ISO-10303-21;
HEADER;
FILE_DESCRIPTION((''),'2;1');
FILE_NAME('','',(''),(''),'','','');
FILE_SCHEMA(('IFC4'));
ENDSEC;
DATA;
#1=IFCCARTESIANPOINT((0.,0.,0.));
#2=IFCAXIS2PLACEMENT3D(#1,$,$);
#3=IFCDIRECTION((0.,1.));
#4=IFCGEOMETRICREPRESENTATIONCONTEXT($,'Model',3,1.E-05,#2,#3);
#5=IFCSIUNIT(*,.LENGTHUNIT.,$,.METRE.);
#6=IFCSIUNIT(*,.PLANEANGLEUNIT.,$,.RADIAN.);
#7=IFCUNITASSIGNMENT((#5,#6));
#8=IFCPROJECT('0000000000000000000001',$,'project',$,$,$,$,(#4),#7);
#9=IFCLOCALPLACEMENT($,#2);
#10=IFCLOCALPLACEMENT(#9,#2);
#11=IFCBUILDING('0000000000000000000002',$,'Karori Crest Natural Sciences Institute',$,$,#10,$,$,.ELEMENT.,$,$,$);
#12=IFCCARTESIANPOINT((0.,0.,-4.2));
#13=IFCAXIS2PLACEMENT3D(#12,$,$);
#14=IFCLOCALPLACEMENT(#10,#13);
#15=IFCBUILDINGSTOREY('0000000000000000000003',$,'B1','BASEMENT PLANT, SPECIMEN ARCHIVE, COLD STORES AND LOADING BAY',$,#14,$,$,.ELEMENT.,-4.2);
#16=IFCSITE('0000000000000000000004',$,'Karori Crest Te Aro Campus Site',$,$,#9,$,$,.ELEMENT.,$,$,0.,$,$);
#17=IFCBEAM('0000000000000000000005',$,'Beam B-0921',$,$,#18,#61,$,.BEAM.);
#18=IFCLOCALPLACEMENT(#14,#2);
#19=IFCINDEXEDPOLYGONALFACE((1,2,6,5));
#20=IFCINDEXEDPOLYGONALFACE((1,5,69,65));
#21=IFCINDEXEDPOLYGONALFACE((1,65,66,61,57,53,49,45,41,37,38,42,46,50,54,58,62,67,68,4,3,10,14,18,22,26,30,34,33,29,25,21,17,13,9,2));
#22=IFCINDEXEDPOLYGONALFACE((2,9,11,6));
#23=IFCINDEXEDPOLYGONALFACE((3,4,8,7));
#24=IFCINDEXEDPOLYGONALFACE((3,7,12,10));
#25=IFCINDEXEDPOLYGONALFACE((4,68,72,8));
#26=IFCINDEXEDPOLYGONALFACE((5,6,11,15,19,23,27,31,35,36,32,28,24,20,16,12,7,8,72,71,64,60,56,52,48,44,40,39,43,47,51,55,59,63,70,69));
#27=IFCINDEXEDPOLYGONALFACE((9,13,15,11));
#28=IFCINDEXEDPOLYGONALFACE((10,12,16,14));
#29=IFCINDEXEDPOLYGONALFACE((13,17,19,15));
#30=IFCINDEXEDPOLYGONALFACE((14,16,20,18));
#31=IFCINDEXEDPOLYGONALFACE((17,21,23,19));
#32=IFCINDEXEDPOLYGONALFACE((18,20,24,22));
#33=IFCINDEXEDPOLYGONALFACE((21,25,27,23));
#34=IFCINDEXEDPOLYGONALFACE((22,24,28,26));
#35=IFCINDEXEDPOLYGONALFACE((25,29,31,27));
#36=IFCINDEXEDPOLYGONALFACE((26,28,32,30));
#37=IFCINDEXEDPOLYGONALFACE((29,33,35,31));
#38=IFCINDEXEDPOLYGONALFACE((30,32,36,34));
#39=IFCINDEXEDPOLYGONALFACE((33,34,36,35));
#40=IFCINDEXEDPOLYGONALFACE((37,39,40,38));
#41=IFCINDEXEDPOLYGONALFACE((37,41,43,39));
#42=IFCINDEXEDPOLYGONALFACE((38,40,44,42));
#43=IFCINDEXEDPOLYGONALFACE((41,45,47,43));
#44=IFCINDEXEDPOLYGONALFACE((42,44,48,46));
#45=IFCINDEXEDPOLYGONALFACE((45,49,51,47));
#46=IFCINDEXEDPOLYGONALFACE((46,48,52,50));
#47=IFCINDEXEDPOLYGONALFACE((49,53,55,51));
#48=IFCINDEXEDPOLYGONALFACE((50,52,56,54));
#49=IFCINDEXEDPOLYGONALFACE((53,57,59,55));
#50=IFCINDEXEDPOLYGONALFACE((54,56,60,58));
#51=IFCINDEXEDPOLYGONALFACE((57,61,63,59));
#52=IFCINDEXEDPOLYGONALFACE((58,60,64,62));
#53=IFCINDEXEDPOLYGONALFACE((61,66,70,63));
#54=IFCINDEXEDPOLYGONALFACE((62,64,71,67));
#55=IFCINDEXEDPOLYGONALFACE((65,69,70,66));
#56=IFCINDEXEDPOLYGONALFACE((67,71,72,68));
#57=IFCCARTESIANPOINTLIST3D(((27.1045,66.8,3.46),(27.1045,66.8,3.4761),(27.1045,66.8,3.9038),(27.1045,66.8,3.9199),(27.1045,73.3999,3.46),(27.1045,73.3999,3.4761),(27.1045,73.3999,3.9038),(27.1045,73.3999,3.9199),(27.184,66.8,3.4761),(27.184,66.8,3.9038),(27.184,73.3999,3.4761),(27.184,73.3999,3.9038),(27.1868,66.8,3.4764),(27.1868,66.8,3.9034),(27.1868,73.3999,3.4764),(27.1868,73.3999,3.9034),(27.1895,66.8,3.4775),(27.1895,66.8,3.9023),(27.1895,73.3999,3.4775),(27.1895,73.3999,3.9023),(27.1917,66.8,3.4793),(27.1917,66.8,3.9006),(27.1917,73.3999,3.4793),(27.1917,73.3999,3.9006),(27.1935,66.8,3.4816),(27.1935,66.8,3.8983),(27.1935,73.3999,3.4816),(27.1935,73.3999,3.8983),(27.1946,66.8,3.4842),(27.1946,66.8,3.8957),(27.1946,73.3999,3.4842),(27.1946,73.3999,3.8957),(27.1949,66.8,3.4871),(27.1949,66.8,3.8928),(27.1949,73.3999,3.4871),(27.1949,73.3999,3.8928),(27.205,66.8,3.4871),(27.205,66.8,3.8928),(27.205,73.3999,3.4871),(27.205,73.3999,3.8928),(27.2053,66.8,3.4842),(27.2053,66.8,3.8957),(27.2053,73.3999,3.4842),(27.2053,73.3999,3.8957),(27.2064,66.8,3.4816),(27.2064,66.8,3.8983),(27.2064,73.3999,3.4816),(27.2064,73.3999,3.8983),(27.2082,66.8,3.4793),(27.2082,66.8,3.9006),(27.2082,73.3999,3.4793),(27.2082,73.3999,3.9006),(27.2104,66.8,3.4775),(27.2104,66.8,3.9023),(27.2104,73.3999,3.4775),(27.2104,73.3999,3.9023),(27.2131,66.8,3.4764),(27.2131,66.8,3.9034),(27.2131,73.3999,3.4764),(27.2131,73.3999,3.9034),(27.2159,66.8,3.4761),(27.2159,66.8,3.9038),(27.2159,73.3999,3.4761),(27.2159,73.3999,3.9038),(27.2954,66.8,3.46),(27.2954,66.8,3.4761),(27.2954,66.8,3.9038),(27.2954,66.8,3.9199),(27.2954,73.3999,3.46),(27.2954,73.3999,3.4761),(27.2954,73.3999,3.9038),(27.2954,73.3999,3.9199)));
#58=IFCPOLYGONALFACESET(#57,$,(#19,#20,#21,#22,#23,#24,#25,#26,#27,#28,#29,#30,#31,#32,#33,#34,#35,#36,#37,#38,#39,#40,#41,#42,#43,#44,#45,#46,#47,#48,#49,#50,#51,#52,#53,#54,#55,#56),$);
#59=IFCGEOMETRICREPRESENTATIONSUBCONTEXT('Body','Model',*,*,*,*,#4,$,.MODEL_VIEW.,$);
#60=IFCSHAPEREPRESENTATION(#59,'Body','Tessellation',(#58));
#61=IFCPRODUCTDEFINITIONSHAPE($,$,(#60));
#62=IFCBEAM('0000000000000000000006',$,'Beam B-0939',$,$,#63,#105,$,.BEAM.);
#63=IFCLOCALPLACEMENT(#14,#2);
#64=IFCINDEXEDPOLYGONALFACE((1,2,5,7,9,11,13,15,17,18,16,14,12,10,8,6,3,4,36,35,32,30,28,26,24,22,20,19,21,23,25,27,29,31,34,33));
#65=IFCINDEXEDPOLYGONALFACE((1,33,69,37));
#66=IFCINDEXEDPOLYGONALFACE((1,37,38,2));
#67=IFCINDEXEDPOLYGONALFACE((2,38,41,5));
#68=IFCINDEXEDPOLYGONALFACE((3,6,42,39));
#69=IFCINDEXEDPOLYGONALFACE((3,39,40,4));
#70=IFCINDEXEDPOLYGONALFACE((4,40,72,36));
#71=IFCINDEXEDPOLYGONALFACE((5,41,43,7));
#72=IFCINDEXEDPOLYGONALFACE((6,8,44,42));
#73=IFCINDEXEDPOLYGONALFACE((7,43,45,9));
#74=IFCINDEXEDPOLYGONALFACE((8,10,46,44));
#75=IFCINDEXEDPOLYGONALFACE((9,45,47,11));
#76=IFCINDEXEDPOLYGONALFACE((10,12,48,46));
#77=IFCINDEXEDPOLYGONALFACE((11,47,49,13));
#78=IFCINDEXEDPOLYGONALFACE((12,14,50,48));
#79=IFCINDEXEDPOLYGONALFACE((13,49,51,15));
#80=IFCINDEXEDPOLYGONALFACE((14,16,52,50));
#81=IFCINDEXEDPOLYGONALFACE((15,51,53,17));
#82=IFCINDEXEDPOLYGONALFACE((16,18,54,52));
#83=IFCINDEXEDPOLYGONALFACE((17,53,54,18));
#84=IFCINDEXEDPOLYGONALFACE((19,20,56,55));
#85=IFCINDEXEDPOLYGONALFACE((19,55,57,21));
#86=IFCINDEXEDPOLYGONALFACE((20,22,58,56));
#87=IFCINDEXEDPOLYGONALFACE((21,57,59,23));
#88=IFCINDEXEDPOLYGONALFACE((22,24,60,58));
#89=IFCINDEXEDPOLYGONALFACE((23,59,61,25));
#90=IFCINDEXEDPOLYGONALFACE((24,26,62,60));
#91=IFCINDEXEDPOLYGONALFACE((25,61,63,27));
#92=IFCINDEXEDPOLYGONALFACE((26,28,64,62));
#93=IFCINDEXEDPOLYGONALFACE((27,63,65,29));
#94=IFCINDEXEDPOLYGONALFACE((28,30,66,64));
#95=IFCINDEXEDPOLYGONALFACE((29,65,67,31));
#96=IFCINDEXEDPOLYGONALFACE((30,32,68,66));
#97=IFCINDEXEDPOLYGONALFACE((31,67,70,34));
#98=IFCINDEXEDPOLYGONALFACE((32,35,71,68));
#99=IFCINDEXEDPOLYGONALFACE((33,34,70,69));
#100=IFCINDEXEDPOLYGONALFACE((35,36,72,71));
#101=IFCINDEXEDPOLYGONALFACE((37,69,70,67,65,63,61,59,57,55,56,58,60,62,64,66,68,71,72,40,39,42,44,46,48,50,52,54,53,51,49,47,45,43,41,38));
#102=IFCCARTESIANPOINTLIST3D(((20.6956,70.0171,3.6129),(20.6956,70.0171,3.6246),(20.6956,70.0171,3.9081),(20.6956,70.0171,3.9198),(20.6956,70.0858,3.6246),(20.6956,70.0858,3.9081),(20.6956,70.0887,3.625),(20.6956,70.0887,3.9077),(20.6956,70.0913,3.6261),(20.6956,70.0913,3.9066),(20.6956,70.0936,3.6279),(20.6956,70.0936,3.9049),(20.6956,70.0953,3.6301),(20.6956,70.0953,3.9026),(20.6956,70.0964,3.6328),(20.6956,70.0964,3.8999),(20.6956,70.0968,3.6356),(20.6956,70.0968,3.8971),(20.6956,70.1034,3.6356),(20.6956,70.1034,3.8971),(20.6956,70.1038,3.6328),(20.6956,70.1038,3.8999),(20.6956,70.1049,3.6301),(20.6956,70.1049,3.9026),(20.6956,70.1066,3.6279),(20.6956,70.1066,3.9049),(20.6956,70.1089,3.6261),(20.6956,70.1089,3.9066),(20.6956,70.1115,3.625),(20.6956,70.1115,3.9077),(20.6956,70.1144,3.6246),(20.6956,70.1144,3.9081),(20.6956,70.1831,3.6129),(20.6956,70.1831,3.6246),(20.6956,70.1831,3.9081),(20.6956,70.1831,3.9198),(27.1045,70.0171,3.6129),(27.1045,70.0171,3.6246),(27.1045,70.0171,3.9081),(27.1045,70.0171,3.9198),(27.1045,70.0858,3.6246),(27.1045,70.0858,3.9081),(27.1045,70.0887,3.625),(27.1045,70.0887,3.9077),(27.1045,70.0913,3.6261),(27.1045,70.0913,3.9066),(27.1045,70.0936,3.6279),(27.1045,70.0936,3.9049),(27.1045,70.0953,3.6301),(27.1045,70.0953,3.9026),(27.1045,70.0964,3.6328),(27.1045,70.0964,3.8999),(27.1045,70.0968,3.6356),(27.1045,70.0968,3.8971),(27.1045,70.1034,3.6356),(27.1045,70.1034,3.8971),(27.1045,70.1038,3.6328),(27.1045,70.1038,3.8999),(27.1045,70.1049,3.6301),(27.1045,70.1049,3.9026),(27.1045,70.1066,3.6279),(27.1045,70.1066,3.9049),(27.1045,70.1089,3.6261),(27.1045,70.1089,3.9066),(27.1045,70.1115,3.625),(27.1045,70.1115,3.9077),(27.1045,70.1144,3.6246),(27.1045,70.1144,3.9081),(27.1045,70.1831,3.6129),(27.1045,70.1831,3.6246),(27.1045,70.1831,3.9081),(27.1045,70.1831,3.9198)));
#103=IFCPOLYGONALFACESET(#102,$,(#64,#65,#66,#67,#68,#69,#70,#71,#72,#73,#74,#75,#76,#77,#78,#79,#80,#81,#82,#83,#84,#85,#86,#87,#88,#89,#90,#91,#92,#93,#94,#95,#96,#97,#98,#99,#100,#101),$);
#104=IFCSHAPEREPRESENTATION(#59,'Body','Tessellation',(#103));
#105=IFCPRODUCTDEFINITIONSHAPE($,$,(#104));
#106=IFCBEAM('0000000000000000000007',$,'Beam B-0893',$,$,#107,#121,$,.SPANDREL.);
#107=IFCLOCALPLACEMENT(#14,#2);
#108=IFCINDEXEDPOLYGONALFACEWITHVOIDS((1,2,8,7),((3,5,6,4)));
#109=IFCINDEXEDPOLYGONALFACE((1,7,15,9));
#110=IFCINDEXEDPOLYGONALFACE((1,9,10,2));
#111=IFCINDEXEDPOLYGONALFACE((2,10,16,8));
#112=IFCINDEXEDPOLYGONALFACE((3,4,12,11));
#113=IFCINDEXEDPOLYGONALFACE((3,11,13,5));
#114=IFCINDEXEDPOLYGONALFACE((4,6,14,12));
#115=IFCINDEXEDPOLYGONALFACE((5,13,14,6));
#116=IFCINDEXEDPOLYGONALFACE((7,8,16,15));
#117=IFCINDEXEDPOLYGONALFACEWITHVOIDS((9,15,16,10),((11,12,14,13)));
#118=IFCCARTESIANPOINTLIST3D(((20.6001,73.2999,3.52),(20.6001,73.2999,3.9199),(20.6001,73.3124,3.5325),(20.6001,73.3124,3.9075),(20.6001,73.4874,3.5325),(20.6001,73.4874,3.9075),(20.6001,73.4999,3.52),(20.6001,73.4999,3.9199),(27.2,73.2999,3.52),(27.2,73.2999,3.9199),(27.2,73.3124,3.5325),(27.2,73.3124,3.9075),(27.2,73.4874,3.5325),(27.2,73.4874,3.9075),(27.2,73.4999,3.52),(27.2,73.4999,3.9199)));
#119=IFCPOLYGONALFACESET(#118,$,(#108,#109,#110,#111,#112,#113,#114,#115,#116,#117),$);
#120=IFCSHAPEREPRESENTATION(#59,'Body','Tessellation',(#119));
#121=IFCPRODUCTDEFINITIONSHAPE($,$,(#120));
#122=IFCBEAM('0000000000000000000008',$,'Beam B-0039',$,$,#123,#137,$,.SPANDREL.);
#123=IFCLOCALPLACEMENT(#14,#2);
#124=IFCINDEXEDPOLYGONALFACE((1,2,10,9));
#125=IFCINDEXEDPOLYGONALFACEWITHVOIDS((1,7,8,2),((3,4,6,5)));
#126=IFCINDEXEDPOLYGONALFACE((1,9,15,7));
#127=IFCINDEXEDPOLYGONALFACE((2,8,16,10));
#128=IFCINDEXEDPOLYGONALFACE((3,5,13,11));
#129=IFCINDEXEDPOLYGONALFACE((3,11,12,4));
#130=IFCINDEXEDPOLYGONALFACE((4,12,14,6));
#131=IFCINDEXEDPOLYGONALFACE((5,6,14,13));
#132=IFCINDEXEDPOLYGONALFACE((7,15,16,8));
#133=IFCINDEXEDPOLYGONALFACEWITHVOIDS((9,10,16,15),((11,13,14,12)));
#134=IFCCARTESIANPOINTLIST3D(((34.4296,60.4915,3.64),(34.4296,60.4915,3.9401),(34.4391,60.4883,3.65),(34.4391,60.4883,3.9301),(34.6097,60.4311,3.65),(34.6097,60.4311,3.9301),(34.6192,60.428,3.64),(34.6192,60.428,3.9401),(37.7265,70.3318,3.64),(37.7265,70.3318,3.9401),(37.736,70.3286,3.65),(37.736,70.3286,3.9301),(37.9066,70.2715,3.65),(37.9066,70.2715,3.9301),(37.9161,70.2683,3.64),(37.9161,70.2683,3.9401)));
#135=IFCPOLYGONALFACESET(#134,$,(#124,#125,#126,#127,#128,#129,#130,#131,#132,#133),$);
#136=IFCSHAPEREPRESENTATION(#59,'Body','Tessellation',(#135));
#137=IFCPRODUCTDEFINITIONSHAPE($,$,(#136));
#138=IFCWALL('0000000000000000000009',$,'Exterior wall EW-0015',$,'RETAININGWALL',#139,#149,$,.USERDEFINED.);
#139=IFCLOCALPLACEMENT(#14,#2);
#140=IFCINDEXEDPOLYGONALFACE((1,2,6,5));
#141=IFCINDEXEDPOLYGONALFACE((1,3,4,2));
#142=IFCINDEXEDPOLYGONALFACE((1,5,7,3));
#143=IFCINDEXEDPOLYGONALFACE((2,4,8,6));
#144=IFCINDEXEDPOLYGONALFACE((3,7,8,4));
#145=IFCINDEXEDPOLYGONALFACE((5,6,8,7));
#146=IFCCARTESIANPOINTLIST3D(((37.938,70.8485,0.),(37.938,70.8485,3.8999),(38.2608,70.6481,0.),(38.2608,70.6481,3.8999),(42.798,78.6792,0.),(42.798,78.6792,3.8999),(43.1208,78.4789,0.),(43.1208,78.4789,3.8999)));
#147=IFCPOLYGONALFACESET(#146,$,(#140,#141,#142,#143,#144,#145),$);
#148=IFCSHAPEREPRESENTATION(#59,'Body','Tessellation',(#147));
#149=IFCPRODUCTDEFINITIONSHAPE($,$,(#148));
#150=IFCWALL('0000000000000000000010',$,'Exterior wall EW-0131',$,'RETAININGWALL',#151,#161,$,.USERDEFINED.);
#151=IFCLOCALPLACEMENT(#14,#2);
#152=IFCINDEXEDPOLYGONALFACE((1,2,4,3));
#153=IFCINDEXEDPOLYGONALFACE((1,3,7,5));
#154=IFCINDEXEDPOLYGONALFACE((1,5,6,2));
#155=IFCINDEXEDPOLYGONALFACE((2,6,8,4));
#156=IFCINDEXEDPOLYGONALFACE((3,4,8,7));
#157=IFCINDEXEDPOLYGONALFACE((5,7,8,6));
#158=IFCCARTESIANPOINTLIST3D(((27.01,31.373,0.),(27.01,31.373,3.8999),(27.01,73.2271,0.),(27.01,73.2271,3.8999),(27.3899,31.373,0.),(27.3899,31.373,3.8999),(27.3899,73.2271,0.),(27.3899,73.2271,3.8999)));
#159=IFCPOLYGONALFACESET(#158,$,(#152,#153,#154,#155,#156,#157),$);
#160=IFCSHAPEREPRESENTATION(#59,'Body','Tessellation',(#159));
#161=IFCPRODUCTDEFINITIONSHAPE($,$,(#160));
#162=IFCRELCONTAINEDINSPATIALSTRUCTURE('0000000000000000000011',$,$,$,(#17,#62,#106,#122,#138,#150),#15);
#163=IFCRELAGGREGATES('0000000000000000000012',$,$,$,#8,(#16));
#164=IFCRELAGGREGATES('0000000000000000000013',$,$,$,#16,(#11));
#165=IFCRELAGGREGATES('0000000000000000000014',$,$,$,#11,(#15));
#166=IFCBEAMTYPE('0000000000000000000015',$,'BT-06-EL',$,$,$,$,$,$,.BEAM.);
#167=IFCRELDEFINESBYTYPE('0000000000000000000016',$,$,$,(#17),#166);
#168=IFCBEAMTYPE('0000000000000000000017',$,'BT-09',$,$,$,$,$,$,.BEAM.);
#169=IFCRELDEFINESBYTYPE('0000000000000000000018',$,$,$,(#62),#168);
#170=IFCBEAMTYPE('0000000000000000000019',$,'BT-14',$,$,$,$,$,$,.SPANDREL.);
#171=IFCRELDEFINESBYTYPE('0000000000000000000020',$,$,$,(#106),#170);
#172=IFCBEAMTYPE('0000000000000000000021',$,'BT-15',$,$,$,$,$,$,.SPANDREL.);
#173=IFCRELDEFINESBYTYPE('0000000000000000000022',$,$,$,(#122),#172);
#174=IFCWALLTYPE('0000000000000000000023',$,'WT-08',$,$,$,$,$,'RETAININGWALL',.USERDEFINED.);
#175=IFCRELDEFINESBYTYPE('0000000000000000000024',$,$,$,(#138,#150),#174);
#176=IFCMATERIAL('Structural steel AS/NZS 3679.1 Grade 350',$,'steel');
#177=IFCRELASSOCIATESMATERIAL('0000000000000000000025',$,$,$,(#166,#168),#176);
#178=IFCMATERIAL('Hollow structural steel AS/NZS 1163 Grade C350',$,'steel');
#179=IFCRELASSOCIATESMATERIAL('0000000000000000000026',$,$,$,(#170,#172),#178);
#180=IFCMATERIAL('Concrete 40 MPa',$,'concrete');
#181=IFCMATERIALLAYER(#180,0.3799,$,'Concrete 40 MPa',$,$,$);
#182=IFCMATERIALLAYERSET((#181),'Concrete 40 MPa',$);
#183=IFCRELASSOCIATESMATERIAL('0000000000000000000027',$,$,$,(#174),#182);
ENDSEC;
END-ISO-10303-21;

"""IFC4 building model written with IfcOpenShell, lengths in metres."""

from ifc_helpers import new_model, si_unit, direction, frame, frame_2d, origin, origin_2d, place, context, subcontext, project, spatial, rectangle, hollow_rectangle, i_section, extrude, material, layer, layer_set, material_profile, profile_set, type_object, element, save


model = new_model("IFC4")

# Units and contexts
model_context = context("Model", 3, precision=1e-05, world=origin(), true_north=direction((0.0, 1.0)))
body_context = subcontext(model_context, "Body", "Model", "MODEL_VIEW")
ifc_project = project(units=[si_unit("LENGTHUNIT", "METRE"), si_unit("PLANEANGLEUNIT", "RADIAN")], contexts=[model_context])

# Site, building, storey
site_placement = place(None, origin())
site = spatial("IfcSite", under=ifc_project, at=site_placement, Name="Karori Crest Te Aro Campus Site", CompositionType="ELEMENT", RefElevation=0.0)
building_placement = place(site_placement, origin())
building = spatial("IfcBuilding", under=site, at=building_placement, Name="Karori Crest Natural Sciences Institute", CompositionType="ELEMENT")
storey_placement = place(building_placement, frame((0.0, 0.0, -4.2)))
storey = spatial("IfcBuildingStorey", under=building, at=storey_placement, Name="B1", Description="BASEMENT PLANT, SPECIMEN ARCHIVE, COLD STORES AND LOADING BAY", CompositionType="ELEMENT", Elevation=-4.2)

# Shared definitions
ifc_material_1 = material(Name="Concrete 40 MPa", Category="concrete")

# Shared definitions
ifc_material_2 = material(Name="Structural steel AS/NZS 3679.1 Grade 350", Category="steel")

# Beams
ifc_material_profile_1 = material_profile(ifc_material_2, i_section(OverallWidth=0.1909, OverallDepth=0.46, WebThickness=0.01, FlangeThickness=0.0161, FilletRadius=0.011, at=origin_2d()), Name="460UB82.1")
ifc_profile_set_1 = profile_set([ifc_material_profile_1], Name="Structural steel AS/NZS 3679.1 Grade 350")
beam_type_1 = type_object("IfcBeamType", Name="BT-06-EL", PredefinedType="BEAM", material=ifc_profile_set_1)
beam_1_placement = place(storey_placement, frame((27.2, 66.8, 3.6899), z_axis=(0.0, 1.0, 0.0), x_axis=(-1.0, 0.0, 0.0)))
element("IfcBeam", 1, at=beam_1_placement, inside=storey, type_object=beam_type_1, Name="Beam B-0921", PredefinedType="BEAM", context=body_context, shape_type="SweptSolid", body=[
    extrude(i_section(OverallWidth=0.1909, OverallDepth=0.46, WebThickness=0.01, FlangeThickness=0.0161, FilletRadius=0.011, at=origin_2d()), origin(), (0.0, 0.0, 1.0), 6.5999),
])
ifc_material_profile_2 = material_profile(ifc_material_2, i_section(OverallWidth=0.166, OverallDepth=0.3069, WebThickness=0.0066, FlangeThickness=0.0117, FilletRadius=0.011, at=origin_2d()), Name="310UB46.2")
ifc_profile_set_2 = profile_set([ifc_material_profile_2], Name="Structural steel AS/NZS 3679.1 Grade 350")
beam_type_2 = type_object("IfcBeamType", Name="BT-09", PredefinedType="BEAM", material=ifc_profile_set_2)
beam_2_placement = place(storey_placement, frame((20.6956, 70.1001, 3.7664), z_axis=(1.0, 0.0, 0.0), x_axis=(0.0, 1.0, 0.0)))
element("IfcBeam", 2, at=beam_2_placement, inside=storey, type_object=beam_type_2, Name="Beam B-0939", PredefinedType="BEAM", context=body_context, shape_type="SweptSolid", body=[
    extrude(i_section(OverallWidth=0.166, OverallDepth=0.3069, WebThickness=0.0066, FlangeThickness=0.0117, FilletRadius=0.011, at=origin_2d()), origin(), (0.0, 0.0, 1.0), 6.4089),
])
ifc_material_3 = material(Name="Hollow structural steel AS/NZS 1163 Grade C350", Category="steel")
ifc_material_profile_3 = material_profile(ifc_material_3, hollow_rectangle(XDim=0.2, YDim=0.3999, WallThickness=0.0125, at=origin_2d()), Name="RHS400x200x12.5")
ifc_profile_set_3 = profile_set([ifc_material_profile_3], Name="Hollow structural steel AS/NZS 1163 Grade C350")
beam_type_3 = type_object("IfcBeamType", Name="BT-14", PredefinedType="SPANDREL", material=ifc_profile_set_3)
beam_3_placement = place(storey_placement, frame((20.6001, 73.3999, 3.72), z_axis=(1.0, 0.0, 0.0), x_axis=(0.0, 1.0, 0.0)))
element("IfcBeam", 3, at=beam_3_placement, inside=storey, type_object=beam_type_3, Name="Beam B-0893", PredefinedType="SPANDREL", context=body_context, shape_type="SweptSolid", body=[
    extrude(hollow_rectangle(XDim=0.2, YDim=0.3999, WallThickness=0.0125, at=origin_2d()), origin(), (0.0, 0.0, 1.0), 6.5999),
])
ifc_material_profile_4 = material_profile(ifc_material_3, hollow_rectangle(XDim=0.2, YDim=0.3, WallThickness=0.01, at=origin_2d()), Name="RHS300x200x10")
ifc_profile_set_4 = profile_set([ifc_material_profile_4], Name="Hollow structural steel AS/NZS 1163 Grade C350")
beam_type_4 = type_object("IfcBeamType", Name="BT-15", PredefinedType="SPANDREL", material=ifc_profile_set_4)
beam_4_placement = place(storey_placement, frame((37.8213, 70.3, 3.79), z_axis=(-0.317681, -0.948198, 0.0), x_axis=(0.948198, -0.317681, 0.0)))
element("IfcBeam", 4, at=beam_4_placement, inside=storey, type_object=beam_type_4, Name="Beam B-0039", PredefinedType="SPANDREL", context=body_context, shape_type="SweptSolid", body=[
    extrude(hollow_rectangle(XDim=0.2, YDim=0.3, WallThickness=0.01, at=origin_2d()), origin(), (0.0, 0.0, 1.0), 10.3779),
])

# Walls
ifc_layer = layer(ifc_material_1, 0.3799, Name="Concrete 40 MPa")
ifc_layer_set = layer_set([ifc_layer], Name="Concrete 40 MPa")
wall_type = type_object("IfcWallType", Name="WT-08", ElementType="RETAININGWALL", PredefinedType="USERDEFINED", material=ifc_layer_set)
wall_1_placement = place(storey_placement, frame((38.0994, 70.7483, 0.0), z_axis=(0.0, 0.0, 1.0), x_axis=(0.527332, 0.849659, 0.0)))
element("IfcWall", 5, at=wall_1_placement, inside=storey, type_object=wall_type, Name="Exterior wall EW-0015", ObjectType="RETAININGWALL", PredefinedType="USERDEFINED", context=body_context, shape_type="SweptSolid", body=[
    extrude(rectangle(XDim=9.2163, YDim=0.3799, at=frame_2d((4.6082, 0.0))), origin(), (0.0, 0.0, 1.0), 3.8999),
])
wall_2_placement = place(storey_placement, frame((27.2, 73.2271, 0.0), z_axis=(0.0, 0.0, 1.0), x_axis=(0.0, -1.0, 0.0)))
element("IfcWall", 6, at=wall_2_placement, inside=storey, type_object=wall_type, Name="Exterior wall EW-0131", ObjectType="RETAININGWALL", PredefinedType="USERDEFINED", context=body_context, shape_type="SweptSolid", body=[
    extrude(rectangle(XDim=41.854, YDim=0.3799, at=frame_2d((20.927, 0.0))), origin(), (0.0, 0.0, 1.0), 3.8999),
])

save(model, "model.ifc")
